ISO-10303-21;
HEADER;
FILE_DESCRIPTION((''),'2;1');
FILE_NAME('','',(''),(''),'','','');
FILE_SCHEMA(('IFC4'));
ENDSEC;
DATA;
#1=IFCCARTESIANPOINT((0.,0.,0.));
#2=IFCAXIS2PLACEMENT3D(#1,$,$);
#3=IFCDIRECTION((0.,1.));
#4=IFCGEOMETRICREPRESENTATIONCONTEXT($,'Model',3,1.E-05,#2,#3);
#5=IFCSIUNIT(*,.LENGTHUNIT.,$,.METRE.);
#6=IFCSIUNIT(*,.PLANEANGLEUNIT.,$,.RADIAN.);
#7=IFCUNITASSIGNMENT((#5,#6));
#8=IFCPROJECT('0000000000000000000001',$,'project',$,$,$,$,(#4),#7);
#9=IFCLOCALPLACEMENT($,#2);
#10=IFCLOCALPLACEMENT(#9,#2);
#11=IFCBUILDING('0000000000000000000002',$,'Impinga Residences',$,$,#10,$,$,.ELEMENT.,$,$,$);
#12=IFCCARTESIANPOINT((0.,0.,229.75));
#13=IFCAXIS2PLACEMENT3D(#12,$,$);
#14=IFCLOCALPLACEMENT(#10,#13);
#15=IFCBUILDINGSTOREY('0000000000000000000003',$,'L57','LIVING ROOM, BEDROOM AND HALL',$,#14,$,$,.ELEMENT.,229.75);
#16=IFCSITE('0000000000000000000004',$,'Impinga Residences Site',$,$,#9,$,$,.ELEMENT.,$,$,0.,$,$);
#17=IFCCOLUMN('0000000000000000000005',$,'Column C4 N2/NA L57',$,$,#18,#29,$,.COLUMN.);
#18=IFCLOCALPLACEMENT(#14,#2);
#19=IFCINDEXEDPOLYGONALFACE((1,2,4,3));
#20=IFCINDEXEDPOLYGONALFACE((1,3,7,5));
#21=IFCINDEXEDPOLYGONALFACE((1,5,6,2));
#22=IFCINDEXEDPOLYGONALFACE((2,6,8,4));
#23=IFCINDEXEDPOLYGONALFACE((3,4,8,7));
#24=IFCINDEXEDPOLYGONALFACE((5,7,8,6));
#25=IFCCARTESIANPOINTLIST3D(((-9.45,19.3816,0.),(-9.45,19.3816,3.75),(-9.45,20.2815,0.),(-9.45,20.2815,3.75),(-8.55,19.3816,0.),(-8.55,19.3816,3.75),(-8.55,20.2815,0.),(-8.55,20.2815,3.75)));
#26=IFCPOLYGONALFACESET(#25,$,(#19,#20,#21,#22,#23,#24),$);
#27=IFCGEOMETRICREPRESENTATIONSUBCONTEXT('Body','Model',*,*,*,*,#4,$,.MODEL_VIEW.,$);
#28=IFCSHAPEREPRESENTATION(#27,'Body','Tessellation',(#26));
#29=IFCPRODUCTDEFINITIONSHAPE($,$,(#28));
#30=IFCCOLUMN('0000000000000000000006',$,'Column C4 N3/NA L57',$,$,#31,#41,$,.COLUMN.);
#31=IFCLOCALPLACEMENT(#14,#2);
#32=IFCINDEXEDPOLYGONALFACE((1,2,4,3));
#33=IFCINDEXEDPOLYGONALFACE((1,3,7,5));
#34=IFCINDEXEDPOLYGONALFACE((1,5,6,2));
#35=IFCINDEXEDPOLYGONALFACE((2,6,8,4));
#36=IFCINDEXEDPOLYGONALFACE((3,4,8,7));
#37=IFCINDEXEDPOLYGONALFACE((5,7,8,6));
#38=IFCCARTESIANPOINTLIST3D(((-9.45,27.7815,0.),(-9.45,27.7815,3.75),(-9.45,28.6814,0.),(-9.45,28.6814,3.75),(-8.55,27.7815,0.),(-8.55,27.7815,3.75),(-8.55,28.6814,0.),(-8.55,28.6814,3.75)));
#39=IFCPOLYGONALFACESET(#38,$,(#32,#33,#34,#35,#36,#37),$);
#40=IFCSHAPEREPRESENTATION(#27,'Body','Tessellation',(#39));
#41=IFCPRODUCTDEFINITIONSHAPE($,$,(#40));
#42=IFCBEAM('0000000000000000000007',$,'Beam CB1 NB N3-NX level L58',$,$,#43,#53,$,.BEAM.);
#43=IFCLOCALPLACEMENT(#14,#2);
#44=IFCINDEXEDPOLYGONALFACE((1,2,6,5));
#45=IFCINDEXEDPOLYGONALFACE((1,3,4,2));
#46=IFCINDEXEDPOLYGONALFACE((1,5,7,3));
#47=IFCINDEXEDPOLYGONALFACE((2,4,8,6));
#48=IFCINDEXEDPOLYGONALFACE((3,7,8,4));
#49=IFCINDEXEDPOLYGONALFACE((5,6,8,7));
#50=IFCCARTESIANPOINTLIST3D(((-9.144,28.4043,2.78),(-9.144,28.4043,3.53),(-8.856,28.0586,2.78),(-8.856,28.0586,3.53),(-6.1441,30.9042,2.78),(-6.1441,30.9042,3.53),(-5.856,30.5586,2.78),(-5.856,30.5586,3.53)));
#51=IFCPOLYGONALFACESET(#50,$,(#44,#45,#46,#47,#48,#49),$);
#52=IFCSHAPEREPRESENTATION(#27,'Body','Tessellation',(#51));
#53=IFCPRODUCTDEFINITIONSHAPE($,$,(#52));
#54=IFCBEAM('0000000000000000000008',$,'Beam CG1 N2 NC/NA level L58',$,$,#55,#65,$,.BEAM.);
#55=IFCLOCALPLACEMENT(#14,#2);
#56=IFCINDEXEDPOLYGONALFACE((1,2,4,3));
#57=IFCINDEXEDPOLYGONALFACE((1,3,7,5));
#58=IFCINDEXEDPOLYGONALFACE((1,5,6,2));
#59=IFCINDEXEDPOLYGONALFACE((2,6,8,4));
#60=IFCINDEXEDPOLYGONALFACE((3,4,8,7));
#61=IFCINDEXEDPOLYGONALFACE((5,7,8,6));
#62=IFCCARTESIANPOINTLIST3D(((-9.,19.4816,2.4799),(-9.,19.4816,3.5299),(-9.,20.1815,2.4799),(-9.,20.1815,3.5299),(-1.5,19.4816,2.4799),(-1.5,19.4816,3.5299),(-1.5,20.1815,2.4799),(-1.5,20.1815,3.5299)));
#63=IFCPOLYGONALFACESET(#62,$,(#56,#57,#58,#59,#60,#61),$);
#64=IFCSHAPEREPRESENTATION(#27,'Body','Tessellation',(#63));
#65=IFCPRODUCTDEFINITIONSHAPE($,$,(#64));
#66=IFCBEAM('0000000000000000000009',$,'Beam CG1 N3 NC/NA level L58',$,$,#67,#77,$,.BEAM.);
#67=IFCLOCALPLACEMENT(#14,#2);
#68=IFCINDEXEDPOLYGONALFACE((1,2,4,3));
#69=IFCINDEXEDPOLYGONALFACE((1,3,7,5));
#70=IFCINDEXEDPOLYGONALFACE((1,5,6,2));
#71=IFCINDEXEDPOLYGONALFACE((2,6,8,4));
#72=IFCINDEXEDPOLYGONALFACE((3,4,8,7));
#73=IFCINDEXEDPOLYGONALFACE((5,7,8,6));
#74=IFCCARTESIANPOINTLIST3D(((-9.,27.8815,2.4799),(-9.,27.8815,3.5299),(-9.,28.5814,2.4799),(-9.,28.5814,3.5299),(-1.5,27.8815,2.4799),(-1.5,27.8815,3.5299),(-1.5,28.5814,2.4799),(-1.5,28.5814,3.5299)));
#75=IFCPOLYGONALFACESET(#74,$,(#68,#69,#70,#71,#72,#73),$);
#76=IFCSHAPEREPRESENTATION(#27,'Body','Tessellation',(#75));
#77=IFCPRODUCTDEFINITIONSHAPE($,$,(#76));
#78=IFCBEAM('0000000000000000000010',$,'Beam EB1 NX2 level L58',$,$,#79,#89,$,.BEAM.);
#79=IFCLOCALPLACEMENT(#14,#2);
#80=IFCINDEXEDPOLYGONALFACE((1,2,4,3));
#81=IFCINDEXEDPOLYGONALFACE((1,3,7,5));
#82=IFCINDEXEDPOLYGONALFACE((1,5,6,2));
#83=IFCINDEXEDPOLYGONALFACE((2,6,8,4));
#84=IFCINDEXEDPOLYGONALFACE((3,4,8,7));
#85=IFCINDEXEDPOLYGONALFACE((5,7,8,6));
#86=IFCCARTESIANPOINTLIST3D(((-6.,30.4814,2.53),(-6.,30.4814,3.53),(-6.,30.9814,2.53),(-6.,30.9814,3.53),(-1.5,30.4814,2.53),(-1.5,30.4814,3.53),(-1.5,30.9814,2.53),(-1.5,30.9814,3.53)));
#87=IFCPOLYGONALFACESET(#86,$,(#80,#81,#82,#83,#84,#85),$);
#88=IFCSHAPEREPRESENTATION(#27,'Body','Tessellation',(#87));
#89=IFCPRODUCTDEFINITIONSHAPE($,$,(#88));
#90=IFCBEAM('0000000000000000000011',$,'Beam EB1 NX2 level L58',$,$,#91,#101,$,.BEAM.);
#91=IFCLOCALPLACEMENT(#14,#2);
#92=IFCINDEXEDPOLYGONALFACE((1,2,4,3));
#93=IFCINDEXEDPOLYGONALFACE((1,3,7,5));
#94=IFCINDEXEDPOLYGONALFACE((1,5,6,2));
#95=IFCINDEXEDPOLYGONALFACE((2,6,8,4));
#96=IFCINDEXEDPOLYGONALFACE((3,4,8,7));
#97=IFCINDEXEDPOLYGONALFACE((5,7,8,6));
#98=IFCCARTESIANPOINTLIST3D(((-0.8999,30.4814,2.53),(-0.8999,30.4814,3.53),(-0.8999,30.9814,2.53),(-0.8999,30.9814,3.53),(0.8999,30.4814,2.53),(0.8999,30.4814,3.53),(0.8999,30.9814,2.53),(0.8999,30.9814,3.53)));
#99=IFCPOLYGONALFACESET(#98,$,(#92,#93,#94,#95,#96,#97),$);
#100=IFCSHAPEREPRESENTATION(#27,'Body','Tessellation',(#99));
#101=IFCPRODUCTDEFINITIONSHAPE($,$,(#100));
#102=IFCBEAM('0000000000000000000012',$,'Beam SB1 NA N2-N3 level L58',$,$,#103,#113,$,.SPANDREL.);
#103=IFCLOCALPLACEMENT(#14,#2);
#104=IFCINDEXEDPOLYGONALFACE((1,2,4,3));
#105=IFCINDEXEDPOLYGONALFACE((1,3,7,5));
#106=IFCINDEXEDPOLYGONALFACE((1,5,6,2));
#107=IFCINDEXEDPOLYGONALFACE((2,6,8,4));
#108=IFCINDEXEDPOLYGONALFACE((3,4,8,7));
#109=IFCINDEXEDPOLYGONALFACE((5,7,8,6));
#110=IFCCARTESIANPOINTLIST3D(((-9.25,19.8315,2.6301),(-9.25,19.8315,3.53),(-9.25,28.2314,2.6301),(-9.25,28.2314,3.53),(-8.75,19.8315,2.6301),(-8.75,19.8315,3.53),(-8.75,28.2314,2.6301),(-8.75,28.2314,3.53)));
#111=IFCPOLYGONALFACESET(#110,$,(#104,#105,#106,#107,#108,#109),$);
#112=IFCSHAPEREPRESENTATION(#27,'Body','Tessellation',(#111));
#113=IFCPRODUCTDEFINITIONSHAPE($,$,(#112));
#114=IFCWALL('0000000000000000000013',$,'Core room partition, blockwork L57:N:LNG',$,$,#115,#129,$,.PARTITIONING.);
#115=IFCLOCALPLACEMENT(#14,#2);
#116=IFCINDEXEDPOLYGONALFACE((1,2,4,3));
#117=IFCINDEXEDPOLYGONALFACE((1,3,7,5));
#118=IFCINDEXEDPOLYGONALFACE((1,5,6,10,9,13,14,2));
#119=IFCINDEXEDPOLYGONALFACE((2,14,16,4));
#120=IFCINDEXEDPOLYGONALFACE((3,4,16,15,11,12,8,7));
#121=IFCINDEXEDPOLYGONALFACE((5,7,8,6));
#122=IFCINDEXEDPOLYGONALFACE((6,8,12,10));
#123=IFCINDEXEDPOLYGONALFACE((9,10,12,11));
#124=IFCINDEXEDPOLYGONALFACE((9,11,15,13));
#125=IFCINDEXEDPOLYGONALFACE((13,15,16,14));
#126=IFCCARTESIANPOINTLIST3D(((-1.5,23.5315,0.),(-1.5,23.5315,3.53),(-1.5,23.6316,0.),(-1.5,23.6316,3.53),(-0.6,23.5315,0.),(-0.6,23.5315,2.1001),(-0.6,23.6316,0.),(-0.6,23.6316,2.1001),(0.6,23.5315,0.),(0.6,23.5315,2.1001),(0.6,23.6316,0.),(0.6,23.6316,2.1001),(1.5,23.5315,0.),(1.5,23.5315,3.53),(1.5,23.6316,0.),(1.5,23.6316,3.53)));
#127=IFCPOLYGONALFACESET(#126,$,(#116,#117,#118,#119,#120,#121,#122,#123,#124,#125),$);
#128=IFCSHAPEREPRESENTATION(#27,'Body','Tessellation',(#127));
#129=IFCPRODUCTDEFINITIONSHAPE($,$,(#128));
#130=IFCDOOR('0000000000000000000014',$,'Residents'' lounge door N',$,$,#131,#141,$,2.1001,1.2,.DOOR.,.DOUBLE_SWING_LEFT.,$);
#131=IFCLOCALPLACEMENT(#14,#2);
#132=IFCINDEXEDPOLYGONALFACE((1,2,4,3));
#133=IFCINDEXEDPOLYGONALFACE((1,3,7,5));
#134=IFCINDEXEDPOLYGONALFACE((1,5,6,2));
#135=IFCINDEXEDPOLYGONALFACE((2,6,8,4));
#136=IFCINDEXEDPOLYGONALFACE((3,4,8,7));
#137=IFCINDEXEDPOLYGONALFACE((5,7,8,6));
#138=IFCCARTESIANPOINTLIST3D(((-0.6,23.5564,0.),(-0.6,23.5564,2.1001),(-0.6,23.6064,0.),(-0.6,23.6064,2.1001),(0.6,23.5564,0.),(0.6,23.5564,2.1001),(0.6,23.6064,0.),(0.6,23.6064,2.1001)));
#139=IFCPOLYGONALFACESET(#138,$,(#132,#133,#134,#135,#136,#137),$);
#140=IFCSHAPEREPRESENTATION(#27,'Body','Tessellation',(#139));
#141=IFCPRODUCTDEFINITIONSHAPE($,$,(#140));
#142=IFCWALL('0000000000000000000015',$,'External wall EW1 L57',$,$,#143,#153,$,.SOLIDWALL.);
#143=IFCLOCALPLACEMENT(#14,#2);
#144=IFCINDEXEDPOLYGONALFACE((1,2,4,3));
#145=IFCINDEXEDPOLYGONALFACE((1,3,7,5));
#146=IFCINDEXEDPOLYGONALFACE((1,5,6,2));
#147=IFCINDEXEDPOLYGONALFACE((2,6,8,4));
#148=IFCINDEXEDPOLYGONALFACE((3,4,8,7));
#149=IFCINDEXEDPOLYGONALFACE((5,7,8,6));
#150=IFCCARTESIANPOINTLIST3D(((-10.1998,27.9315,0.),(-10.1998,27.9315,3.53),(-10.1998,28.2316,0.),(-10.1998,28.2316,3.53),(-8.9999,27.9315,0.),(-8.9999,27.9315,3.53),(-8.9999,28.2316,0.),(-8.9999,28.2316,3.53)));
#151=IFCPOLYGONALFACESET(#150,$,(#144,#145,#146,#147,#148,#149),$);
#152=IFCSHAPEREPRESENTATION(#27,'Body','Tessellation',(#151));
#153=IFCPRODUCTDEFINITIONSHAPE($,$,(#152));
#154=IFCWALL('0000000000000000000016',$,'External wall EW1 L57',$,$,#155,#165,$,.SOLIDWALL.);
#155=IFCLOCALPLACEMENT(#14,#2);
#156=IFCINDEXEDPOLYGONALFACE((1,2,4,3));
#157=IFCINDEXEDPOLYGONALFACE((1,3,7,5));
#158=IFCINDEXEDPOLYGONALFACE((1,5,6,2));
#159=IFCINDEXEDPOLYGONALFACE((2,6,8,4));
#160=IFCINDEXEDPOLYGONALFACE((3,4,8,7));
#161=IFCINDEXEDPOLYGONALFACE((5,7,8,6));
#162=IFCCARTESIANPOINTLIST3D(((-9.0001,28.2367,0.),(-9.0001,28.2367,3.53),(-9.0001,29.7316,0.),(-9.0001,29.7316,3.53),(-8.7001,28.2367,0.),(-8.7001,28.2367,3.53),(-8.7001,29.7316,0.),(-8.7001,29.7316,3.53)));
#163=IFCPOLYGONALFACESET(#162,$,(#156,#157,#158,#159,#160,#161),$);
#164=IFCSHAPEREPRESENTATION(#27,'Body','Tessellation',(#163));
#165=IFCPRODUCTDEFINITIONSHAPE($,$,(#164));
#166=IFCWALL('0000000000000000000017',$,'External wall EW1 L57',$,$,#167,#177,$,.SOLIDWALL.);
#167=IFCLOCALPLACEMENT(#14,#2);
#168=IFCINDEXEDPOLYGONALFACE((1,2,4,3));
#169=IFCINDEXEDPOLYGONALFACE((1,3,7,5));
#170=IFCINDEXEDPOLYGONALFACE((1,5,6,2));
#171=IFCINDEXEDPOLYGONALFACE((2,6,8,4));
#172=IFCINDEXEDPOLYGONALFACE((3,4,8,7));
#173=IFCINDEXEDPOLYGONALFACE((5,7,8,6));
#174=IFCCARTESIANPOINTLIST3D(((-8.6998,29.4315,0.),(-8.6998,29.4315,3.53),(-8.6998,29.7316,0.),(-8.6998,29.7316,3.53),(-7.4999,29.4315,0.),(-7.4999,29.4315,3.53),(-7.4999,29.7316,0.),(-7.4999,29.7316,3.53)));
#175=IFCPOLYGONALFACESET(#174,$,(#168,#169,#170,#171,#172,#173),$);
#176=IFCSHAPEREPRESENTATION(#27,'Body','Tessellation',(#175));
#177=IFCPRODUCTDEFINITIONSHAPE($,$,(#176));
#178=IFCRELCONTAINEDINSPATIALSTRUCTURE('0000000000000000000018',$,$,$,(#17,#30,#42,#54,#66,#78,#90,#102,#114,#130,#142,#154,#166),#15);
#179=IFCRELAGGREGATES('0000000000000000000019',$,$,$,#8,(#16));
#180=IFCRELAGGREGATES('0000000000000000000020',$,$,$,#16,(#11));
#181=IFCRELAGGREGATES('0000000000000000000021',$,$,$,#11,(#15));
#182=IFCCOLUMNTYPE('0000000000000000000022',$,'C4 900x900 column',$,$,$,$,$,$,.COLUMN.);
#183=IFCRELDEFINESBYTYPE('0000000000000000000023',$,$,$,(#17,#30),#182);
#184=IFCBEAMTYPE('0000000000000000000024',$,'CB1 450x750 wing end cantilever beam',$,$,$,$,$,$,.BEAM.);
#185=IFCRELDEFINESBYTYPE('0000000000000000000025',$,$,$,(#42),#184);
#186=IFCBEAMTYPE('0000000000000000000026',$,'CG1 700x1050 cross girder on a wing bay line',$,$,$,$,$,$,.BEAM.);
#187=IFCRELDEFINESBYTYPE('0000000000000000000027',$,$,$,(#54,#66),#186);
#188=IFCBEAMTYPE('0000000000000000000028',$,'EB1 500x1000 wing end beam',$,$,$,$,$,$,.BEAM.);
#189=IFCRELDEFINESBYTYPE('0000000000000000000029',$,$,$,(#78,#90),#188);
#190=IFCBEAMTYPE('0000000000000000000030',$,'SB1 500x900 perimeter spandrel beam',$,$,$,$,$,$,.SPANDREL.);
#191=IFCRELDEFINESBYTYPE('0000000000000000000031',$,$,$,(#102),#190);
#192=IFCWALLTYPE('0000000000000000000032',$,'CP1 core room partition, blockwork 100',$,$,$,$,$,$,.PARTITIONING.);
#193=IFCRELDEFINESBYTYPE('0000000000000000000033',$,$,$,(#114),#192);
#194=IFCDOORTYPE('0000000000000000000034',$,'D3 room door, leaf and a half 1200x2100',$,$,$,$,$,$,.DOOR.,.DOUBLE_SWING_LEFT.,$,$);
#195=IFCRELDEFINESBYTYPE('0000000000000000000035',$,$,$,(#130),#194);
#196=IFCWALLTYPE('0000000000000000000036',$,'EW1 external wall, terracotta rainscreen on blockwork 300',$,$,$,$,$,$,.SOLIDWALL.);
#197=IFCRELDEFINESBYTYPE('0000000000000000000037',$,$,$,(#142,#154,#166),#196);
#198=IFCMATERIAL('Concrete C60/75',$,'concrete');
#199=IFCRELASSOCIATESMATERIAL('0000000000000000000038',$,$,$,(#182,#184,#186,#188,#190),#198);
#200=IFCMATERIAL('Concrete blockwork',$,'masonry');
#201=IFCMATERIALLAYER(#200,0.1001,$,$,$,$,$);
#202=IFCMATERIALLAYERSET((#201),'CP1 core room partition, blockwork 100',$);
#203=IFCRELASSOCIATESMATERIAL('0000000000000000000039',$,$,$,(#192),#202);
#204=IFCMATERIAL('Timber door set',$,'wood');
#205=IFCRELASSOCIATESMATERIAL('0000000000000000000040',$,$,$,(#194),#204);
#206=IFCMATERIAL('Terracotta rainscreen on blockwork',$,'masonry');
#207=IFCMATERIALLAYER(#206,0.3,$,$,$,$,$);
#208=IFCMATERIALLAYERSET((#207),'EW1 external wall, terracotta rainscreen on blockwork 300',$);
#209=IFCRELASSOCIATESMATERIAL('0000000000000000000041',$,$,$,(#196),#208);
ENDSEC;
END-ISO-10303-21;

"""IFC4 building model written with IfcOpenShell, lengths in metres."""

from ifc_helpers import new_model, si_unit, direction, frame, frame_2d, origin, origin_2d, place, context, subcontext, project, spatial, rectangle, extrude, material, layer, layer_set, material_profile, profile_set, type_object, element, fill, save


model = new_model("IFC4")

# Units and contexts
model_context = context("Model", 3, precision=1e-05, world=origin(), true_north=direction((0.0, 1.0)))
body_context = subcontext(model_context, "Body", "Model", "MODEL_VIEW")
ifc_project = project(units=[si_unit("LENGTHUNIT", "METRE"), si_unit("PLANEANGLEUNIT", "RADIAN")], contexts=[model_context])

# Site, building, storey
site_placement = place(None, origin())
site = spatial("IfcSite", under=ifc_project, at=site_placement, Name="Impinga Residences Site", CompositionType="ELEMENT", RefElevation=0.0)
building_placement = place(site_placement, origin())
building = spatial("IfcBuilding", under=site, at=building_placement, Name="Impinga Residences", CompositionType="ELEMENT")
storey_placement = place(building_placement, frame((0.0, 0.0, 229.75)))
storey = spatial("IfcBuildingStorey", under=building, at=storey_placement, Name="L57", Description="LIVING ROOM, BEDROOM AND HALL", CompositionType="ELEMENT", Elevation=229.75)

# Columns
ifc_material_1 = material(Name="Concrete C60/75", Category="concrete")
ifc_material_profile_1 = material_profile(ifc_material_1, rectangle(XDim=0.8999, YDim=0.8999, at=origin_2d()), Name="RC 900x900")
ifc_profile_set_1 = profile_set([ifc_material_profile_1], Name="Concrete C60/75")
column_type = type_object("IfcColumnType", Name="C4 900x900 column", PredefinedType="COLUMN", material=ifc_profile_set_1)
for number, where, z_axis, x_axis, name in (
    (1, (-9.0, 19.8315, 0.0), (0.0, 0.0, 1.0), (1.0, 0.0, 0.0), "Column C4 N2/NA L57"),
    (2, (-9.0, 28.2314, 0.0), (0.0, 0.0, 1.0), (1.0, 0.0, 0.0), "Column C4 N3/NA L57"),
):
    element("IfcColumn", number, at=place(storey_placement, frame(where, z_axis=z_axis, x_axis=x_axis)), inside=storey, type_object=column_type, Name=name, PredefinedType="COLUMN", context=body_context, shape_type="SweptSolid", body=[
        extrude(rectangle(XDim=0.8999, YDim=0.8999, at=origin_2d()), origin(), (0.0, 0.0, 1.0), 3.75),
    ])

# Beams
ifc_material_profile_2 = material_profile(ifc_material_1, rectangle(XDim=0.45, YDim=0.75, at=origin_2d()), Name="RC 450x750")
ifc_profile_set_2 = profile_set([ifc_material_profile_2], Name="Concrete C60/75")
beam_type_1 = type_object("IfcBeamType", Name="CB1 450x750 wing end cantilever beam", PredefinedType="BEAM", material=ifc_profile_set_2)
beam_1_placement = place(storey_placement, frame((-9.0, 28.2314, 3.155), z_axis=(0.768221, 0.640184, 0.0), x_axis=(-0.640184, 0.768221, 0.0)))
element("IfcBeam", 3, at=beam_1_placement, inside=storey, type_object=beam_type_1, Name="Beam CB1 NB N3-NX level L58", PredefinedType="BEAM", context=body_context, shape_type="SweptSolid", body=[
    extrude(rectangle(XDim=0.45, YDim=0.75, at=origin_2d()), origin(), (0.0, 0.0, 1.0), 3.905),
])
ifc_material_profile_3 = material_profile(ifc_material_1, rectangle(XDim=0.7, YDim=1.05, at=origin_2d()), Name="RC 700x1050")
ifc_profile_set_3 = profile_set([ifc_material_profile_3], Name="Concrete C60/75")
beam_type_2 = type_object("IfcBeamType", Name="CG1 700x1050 cross girder on a wing bay line", PredefinedType="BEAM", material=ifc_profile_set_3)
for number, where, z_axis, x_axis, name in (
    (4, (-1.5, 19.8315, 3.0049), (-1.0, 0.0, 0.0), (0.0, -1.0, 0.0), "Beam CG1 N2 NC/NA level L58"),
    (5, (-1.5, 28.2314, 3.0049), (-1.0, 0.0, 0.0), (0.0, -1.0, 0.0), "Beam CG1 N3 NC/NA level L58"),
):
    element("IfcBeam", number, at=place(storey_placement, frame(where, z_axis=z_axis, x_axis=x_axis)), inside=storey, type_object=beam_type_2, Name=name, PredefinedType="BEAM", context=body_context, shape_type="SweptSolid", body=[
        extrude(rectangle(XDim=0.7, YDim=1.05, at=origin_2d()), origin(), (0.0, 0.0, 1.0), 7.5),
    ])
ifc_material_profile_4 = material_profile(ifc_material_1, rectangle(XDim=0.5, YDim=1.0, at=origin_2d()), Name="RC 500x1000")
ifc_profile_set_4 = profile_set([ifc_material_profile_4], Name="Concrete C60/75")
beam_type_3 = type_object("IfcBeamType", Name="EB1 500x1000 wing end beam", PredefinedType="BEAM", material=ifc_profile_set_4)
beam_2_placement = place(storey_placement, frame((-6.0, 30.7314, 3.03), z_axis=(1.0, 0.0, 0.0), x_axis=(0.0, 1.0, 0.0)))
element("IfcBeam", 6, at=beam_2_placement, inside=storey, type_object=beam_type_3, Name="Beam EB1 NX2 level L58", PredefinedType="BEAM", context=body_context, shape_type="SweptSolid", body=[
    extrude(rectangle(XDim=0.5, YDim=1.0, at=origin_2d()), origin(), (0.0, 0.0, 1.0), 4.5),
])
beam_3_placement = place(storey_placement, frame((-0.8999, 30.7314, 3.03), z_axis=(1.0, 0.0, 0.0), x_axis=(0.0, 1.0, 0.0)))
element("IfcBeam", 7, at=beam_3_placement, inside=storey, type_object=beam_type_3, Name="Beam EB1 NX2 level L58", PredefinedType="BEAM", context=body_context, shape_type="SweptSolid", body=[
    extrude(rectangle(XDim=0.5, YDim=1.0, at=origin_2d()), origin(), (0.0, 0.0, 1.0), 1.7998),
])
ifc_material_profile_5 = material_profile(ifc_material_1, rectangle(XDim=0.5, YDim=0.8999, at=origin_2d()), Name="RC 500x900")
ifc_profile_set_5 = profile_set([ifc_material_profile_5], Name="Concrete C60/75")
beam_type_4 = type_object("IfcBeamType", Name="SB1 500x900 perimeter spandrel beam", PredefinedType="SPANDREL", material=ifc_profile_set_5)
beam_4_placement = place(storey_placement, frame((-9.0, 19.8315, 3.0801), z_axis=(0.0, 1.0, 0.0), x_axis=(-1.0, 0.0, 0.0)))
element("IfcBeam", 8, at=beam_4_placement, inside=storey, type_object=beam_type_4, Name="Beam SB1 NA N2-N3 level L58", PredefinedType="SPANDREL", context=body_context, shape_type="SweptSolid", body=[
    extrude(rectangle(XDim=0.5, YDim=0.8999, at=origin_2d()), origin(), (0.0, 0.0, 1.0), 8.3999),
])

# Wall, opening, door
ifc_material_2 = material(Name="Concrete blockwork", Category="masonry")
ifc_layer_1 = layer(ifc_material_2, 0.1001)
ifc_layer_set_1 = layer_set([ifc_layer_1], Name="CP1 core room partition, blockwork 100")
wall_type_1 = type_object("IfcWallType", Name="CP1 core room partition, blockwork 100", PredefinedType="PARTITIONING", material=ifc_layer_set_1)
wall_1_placement = place(storey_placement, frame((-1.5, 23.5815, 0.0), z_axis=(0.0, 0.0, 1.0), x_axis=(1.0, 0.0, 0.0)))
wall_1 = element("IfcWall", 9, at=wall_1_placement, inside=storey, type_object=wall_type_1, Name="Core room partition, blockwork L57:N:LNG", PredefinedType="PARTITIONING", context=body_context, shape_type="SweptSolid", body=[
    extrude(rectangle(XDim=3.0, YDim=0.1001, at=frame_2d((1.5, 0.0))), origin(), (0.0, 0.0, 1.0), 3.53),
])
opening_1_placement = place(wall_1_placement, frame((0.8999, 0.0, 0.0)))
opening_1 = element("IfcOpeningElement", 10, at=opening_1_placement, cuts=wall_1, PredefinedType="OPENING", context=body_context, shape_type="SweptSolid", body=[
    extrude(rectangle(XDim=1.2, YDim=2.1001, at=frame_2d((0.6001, 1.05))), frame((0.0, 0.0601, 0.0), z_axis=(0.0, -1.0, 0.0), x_axis=(1.0, 0.0, 0.0)), (0.0, 0.0, 1.0), 0.1201),
])
ifc_material_3 = material(Name="Timber door set", Category="wood")
door_type_1 = type_object("IfcDoorType", Name="D3 room door, leaf and a half 1200x2100", OperationType="DOUBLE_SWING_LEFT", PredefinedType="DOOR", material=ifc_material_3)
door_1_placement = place(opening_1_placement, origin())
door_1 = element("IfcDoor", 11, at=door_1_placement, inside=storey, type_object=door_type_1, Name="Residents' lounge door N", OperationType="DOUBLE_SWING_LEFT", OverallHeight=2.1001, OverallWidth=1.2, PredefinedType="DOOR", context=body_context, shape_type="SweptSolid", body=[
    extrude(rectangle(XDim=1.2, YDim=2.1001, at=frame_2d((0.6001, 1.05))), frame((0.0, 0.0249, 0.0), z_axis=(0.0, -1.0, 0.0), x_axis=(1.0, 0.0, 0.0)), (0.0, 0.0, 1.0), 0.05),
])
fill(opening_1, door_1)

# Walls
ifc_material_4 = material(Name="Terracotta rainscreen on blockwork", Category="masonry")
ifc_layer_2 = layer(ifc_material_4, 0.3)
ifc_layer_set_2 = layer_set([ifc_layer_2], Name="EW1 external wall, terracotta rainscreen on blockwork 300")
wall_type_2 = type_object("IfcWallType", Name="EW1 external wall, terracotta rainscreen on blockwork 300", PredefinedType="SOLIDWALL", material=ifc_layer_set_2)
wall_2_placement = place(storey_placement, frame((-10.2, 28.0815, 0.0), z_axis=(0.0, 0.0, 1.0), x_axis=(1.0, 0.0, 0.0)))
element("IfcWall", 12, at=wall_2_placement, inside=storey, type_object=wall_type_2, Name="External wall EW1 L57", PredefinedType="SOLIDWALL", context=body_context, shape_type="SweptSolid", body=[
    extrude(rectangle(XDim=1.2, YDim=0.3, at=frame_2d((0.6001, 0.0))), origin(), (0.0, 0.0, 1.0), 3.53),
])
wall_3_placement = place(storey_placement, frame((-8.8501, 28.2366, 0.0), z_axis=(0.0, 0.0, 1.0), x_axis=(0.0, 1.0, 0.0)))
element("IfcWall", 13, at=wall_3_placement, inside=storey, type_object=wall_type_2, Name="External wall EW1 L57", PredefinedType="SOLIDWALL", context=body_context, shape_type="SweptSolid", body=[
    extrude(rectangle(XDim=1.4949, YDim=0.3, at=frame_2d((0.7476, 0.0))), origin(), (0.0, 0.0, 1.0), 3.53),
])
wall_4_placement = place(storey_placement, frame((-8.7, 29.5815, 0.0), z_axis=(0.0, 0.0, 1.0), x_axis=(1.0, 0.0, 0.0)))
element("IfcWall", 14, at=wall_4_placement, inside=storey, type_object=wall_type_2, Name="External wall EW1 L57", PredefinedType="SOLIDWALL", context=body_context, shape_type="SweptSolid", body=[
    extrude(rectangle(XDim=1.2, YDim=0.3, at=frame_2d((0.6001, 0.0))), origin(), (0.0, 0.0, 1.0), 3.53),
])

save(model, "model.ifc")
